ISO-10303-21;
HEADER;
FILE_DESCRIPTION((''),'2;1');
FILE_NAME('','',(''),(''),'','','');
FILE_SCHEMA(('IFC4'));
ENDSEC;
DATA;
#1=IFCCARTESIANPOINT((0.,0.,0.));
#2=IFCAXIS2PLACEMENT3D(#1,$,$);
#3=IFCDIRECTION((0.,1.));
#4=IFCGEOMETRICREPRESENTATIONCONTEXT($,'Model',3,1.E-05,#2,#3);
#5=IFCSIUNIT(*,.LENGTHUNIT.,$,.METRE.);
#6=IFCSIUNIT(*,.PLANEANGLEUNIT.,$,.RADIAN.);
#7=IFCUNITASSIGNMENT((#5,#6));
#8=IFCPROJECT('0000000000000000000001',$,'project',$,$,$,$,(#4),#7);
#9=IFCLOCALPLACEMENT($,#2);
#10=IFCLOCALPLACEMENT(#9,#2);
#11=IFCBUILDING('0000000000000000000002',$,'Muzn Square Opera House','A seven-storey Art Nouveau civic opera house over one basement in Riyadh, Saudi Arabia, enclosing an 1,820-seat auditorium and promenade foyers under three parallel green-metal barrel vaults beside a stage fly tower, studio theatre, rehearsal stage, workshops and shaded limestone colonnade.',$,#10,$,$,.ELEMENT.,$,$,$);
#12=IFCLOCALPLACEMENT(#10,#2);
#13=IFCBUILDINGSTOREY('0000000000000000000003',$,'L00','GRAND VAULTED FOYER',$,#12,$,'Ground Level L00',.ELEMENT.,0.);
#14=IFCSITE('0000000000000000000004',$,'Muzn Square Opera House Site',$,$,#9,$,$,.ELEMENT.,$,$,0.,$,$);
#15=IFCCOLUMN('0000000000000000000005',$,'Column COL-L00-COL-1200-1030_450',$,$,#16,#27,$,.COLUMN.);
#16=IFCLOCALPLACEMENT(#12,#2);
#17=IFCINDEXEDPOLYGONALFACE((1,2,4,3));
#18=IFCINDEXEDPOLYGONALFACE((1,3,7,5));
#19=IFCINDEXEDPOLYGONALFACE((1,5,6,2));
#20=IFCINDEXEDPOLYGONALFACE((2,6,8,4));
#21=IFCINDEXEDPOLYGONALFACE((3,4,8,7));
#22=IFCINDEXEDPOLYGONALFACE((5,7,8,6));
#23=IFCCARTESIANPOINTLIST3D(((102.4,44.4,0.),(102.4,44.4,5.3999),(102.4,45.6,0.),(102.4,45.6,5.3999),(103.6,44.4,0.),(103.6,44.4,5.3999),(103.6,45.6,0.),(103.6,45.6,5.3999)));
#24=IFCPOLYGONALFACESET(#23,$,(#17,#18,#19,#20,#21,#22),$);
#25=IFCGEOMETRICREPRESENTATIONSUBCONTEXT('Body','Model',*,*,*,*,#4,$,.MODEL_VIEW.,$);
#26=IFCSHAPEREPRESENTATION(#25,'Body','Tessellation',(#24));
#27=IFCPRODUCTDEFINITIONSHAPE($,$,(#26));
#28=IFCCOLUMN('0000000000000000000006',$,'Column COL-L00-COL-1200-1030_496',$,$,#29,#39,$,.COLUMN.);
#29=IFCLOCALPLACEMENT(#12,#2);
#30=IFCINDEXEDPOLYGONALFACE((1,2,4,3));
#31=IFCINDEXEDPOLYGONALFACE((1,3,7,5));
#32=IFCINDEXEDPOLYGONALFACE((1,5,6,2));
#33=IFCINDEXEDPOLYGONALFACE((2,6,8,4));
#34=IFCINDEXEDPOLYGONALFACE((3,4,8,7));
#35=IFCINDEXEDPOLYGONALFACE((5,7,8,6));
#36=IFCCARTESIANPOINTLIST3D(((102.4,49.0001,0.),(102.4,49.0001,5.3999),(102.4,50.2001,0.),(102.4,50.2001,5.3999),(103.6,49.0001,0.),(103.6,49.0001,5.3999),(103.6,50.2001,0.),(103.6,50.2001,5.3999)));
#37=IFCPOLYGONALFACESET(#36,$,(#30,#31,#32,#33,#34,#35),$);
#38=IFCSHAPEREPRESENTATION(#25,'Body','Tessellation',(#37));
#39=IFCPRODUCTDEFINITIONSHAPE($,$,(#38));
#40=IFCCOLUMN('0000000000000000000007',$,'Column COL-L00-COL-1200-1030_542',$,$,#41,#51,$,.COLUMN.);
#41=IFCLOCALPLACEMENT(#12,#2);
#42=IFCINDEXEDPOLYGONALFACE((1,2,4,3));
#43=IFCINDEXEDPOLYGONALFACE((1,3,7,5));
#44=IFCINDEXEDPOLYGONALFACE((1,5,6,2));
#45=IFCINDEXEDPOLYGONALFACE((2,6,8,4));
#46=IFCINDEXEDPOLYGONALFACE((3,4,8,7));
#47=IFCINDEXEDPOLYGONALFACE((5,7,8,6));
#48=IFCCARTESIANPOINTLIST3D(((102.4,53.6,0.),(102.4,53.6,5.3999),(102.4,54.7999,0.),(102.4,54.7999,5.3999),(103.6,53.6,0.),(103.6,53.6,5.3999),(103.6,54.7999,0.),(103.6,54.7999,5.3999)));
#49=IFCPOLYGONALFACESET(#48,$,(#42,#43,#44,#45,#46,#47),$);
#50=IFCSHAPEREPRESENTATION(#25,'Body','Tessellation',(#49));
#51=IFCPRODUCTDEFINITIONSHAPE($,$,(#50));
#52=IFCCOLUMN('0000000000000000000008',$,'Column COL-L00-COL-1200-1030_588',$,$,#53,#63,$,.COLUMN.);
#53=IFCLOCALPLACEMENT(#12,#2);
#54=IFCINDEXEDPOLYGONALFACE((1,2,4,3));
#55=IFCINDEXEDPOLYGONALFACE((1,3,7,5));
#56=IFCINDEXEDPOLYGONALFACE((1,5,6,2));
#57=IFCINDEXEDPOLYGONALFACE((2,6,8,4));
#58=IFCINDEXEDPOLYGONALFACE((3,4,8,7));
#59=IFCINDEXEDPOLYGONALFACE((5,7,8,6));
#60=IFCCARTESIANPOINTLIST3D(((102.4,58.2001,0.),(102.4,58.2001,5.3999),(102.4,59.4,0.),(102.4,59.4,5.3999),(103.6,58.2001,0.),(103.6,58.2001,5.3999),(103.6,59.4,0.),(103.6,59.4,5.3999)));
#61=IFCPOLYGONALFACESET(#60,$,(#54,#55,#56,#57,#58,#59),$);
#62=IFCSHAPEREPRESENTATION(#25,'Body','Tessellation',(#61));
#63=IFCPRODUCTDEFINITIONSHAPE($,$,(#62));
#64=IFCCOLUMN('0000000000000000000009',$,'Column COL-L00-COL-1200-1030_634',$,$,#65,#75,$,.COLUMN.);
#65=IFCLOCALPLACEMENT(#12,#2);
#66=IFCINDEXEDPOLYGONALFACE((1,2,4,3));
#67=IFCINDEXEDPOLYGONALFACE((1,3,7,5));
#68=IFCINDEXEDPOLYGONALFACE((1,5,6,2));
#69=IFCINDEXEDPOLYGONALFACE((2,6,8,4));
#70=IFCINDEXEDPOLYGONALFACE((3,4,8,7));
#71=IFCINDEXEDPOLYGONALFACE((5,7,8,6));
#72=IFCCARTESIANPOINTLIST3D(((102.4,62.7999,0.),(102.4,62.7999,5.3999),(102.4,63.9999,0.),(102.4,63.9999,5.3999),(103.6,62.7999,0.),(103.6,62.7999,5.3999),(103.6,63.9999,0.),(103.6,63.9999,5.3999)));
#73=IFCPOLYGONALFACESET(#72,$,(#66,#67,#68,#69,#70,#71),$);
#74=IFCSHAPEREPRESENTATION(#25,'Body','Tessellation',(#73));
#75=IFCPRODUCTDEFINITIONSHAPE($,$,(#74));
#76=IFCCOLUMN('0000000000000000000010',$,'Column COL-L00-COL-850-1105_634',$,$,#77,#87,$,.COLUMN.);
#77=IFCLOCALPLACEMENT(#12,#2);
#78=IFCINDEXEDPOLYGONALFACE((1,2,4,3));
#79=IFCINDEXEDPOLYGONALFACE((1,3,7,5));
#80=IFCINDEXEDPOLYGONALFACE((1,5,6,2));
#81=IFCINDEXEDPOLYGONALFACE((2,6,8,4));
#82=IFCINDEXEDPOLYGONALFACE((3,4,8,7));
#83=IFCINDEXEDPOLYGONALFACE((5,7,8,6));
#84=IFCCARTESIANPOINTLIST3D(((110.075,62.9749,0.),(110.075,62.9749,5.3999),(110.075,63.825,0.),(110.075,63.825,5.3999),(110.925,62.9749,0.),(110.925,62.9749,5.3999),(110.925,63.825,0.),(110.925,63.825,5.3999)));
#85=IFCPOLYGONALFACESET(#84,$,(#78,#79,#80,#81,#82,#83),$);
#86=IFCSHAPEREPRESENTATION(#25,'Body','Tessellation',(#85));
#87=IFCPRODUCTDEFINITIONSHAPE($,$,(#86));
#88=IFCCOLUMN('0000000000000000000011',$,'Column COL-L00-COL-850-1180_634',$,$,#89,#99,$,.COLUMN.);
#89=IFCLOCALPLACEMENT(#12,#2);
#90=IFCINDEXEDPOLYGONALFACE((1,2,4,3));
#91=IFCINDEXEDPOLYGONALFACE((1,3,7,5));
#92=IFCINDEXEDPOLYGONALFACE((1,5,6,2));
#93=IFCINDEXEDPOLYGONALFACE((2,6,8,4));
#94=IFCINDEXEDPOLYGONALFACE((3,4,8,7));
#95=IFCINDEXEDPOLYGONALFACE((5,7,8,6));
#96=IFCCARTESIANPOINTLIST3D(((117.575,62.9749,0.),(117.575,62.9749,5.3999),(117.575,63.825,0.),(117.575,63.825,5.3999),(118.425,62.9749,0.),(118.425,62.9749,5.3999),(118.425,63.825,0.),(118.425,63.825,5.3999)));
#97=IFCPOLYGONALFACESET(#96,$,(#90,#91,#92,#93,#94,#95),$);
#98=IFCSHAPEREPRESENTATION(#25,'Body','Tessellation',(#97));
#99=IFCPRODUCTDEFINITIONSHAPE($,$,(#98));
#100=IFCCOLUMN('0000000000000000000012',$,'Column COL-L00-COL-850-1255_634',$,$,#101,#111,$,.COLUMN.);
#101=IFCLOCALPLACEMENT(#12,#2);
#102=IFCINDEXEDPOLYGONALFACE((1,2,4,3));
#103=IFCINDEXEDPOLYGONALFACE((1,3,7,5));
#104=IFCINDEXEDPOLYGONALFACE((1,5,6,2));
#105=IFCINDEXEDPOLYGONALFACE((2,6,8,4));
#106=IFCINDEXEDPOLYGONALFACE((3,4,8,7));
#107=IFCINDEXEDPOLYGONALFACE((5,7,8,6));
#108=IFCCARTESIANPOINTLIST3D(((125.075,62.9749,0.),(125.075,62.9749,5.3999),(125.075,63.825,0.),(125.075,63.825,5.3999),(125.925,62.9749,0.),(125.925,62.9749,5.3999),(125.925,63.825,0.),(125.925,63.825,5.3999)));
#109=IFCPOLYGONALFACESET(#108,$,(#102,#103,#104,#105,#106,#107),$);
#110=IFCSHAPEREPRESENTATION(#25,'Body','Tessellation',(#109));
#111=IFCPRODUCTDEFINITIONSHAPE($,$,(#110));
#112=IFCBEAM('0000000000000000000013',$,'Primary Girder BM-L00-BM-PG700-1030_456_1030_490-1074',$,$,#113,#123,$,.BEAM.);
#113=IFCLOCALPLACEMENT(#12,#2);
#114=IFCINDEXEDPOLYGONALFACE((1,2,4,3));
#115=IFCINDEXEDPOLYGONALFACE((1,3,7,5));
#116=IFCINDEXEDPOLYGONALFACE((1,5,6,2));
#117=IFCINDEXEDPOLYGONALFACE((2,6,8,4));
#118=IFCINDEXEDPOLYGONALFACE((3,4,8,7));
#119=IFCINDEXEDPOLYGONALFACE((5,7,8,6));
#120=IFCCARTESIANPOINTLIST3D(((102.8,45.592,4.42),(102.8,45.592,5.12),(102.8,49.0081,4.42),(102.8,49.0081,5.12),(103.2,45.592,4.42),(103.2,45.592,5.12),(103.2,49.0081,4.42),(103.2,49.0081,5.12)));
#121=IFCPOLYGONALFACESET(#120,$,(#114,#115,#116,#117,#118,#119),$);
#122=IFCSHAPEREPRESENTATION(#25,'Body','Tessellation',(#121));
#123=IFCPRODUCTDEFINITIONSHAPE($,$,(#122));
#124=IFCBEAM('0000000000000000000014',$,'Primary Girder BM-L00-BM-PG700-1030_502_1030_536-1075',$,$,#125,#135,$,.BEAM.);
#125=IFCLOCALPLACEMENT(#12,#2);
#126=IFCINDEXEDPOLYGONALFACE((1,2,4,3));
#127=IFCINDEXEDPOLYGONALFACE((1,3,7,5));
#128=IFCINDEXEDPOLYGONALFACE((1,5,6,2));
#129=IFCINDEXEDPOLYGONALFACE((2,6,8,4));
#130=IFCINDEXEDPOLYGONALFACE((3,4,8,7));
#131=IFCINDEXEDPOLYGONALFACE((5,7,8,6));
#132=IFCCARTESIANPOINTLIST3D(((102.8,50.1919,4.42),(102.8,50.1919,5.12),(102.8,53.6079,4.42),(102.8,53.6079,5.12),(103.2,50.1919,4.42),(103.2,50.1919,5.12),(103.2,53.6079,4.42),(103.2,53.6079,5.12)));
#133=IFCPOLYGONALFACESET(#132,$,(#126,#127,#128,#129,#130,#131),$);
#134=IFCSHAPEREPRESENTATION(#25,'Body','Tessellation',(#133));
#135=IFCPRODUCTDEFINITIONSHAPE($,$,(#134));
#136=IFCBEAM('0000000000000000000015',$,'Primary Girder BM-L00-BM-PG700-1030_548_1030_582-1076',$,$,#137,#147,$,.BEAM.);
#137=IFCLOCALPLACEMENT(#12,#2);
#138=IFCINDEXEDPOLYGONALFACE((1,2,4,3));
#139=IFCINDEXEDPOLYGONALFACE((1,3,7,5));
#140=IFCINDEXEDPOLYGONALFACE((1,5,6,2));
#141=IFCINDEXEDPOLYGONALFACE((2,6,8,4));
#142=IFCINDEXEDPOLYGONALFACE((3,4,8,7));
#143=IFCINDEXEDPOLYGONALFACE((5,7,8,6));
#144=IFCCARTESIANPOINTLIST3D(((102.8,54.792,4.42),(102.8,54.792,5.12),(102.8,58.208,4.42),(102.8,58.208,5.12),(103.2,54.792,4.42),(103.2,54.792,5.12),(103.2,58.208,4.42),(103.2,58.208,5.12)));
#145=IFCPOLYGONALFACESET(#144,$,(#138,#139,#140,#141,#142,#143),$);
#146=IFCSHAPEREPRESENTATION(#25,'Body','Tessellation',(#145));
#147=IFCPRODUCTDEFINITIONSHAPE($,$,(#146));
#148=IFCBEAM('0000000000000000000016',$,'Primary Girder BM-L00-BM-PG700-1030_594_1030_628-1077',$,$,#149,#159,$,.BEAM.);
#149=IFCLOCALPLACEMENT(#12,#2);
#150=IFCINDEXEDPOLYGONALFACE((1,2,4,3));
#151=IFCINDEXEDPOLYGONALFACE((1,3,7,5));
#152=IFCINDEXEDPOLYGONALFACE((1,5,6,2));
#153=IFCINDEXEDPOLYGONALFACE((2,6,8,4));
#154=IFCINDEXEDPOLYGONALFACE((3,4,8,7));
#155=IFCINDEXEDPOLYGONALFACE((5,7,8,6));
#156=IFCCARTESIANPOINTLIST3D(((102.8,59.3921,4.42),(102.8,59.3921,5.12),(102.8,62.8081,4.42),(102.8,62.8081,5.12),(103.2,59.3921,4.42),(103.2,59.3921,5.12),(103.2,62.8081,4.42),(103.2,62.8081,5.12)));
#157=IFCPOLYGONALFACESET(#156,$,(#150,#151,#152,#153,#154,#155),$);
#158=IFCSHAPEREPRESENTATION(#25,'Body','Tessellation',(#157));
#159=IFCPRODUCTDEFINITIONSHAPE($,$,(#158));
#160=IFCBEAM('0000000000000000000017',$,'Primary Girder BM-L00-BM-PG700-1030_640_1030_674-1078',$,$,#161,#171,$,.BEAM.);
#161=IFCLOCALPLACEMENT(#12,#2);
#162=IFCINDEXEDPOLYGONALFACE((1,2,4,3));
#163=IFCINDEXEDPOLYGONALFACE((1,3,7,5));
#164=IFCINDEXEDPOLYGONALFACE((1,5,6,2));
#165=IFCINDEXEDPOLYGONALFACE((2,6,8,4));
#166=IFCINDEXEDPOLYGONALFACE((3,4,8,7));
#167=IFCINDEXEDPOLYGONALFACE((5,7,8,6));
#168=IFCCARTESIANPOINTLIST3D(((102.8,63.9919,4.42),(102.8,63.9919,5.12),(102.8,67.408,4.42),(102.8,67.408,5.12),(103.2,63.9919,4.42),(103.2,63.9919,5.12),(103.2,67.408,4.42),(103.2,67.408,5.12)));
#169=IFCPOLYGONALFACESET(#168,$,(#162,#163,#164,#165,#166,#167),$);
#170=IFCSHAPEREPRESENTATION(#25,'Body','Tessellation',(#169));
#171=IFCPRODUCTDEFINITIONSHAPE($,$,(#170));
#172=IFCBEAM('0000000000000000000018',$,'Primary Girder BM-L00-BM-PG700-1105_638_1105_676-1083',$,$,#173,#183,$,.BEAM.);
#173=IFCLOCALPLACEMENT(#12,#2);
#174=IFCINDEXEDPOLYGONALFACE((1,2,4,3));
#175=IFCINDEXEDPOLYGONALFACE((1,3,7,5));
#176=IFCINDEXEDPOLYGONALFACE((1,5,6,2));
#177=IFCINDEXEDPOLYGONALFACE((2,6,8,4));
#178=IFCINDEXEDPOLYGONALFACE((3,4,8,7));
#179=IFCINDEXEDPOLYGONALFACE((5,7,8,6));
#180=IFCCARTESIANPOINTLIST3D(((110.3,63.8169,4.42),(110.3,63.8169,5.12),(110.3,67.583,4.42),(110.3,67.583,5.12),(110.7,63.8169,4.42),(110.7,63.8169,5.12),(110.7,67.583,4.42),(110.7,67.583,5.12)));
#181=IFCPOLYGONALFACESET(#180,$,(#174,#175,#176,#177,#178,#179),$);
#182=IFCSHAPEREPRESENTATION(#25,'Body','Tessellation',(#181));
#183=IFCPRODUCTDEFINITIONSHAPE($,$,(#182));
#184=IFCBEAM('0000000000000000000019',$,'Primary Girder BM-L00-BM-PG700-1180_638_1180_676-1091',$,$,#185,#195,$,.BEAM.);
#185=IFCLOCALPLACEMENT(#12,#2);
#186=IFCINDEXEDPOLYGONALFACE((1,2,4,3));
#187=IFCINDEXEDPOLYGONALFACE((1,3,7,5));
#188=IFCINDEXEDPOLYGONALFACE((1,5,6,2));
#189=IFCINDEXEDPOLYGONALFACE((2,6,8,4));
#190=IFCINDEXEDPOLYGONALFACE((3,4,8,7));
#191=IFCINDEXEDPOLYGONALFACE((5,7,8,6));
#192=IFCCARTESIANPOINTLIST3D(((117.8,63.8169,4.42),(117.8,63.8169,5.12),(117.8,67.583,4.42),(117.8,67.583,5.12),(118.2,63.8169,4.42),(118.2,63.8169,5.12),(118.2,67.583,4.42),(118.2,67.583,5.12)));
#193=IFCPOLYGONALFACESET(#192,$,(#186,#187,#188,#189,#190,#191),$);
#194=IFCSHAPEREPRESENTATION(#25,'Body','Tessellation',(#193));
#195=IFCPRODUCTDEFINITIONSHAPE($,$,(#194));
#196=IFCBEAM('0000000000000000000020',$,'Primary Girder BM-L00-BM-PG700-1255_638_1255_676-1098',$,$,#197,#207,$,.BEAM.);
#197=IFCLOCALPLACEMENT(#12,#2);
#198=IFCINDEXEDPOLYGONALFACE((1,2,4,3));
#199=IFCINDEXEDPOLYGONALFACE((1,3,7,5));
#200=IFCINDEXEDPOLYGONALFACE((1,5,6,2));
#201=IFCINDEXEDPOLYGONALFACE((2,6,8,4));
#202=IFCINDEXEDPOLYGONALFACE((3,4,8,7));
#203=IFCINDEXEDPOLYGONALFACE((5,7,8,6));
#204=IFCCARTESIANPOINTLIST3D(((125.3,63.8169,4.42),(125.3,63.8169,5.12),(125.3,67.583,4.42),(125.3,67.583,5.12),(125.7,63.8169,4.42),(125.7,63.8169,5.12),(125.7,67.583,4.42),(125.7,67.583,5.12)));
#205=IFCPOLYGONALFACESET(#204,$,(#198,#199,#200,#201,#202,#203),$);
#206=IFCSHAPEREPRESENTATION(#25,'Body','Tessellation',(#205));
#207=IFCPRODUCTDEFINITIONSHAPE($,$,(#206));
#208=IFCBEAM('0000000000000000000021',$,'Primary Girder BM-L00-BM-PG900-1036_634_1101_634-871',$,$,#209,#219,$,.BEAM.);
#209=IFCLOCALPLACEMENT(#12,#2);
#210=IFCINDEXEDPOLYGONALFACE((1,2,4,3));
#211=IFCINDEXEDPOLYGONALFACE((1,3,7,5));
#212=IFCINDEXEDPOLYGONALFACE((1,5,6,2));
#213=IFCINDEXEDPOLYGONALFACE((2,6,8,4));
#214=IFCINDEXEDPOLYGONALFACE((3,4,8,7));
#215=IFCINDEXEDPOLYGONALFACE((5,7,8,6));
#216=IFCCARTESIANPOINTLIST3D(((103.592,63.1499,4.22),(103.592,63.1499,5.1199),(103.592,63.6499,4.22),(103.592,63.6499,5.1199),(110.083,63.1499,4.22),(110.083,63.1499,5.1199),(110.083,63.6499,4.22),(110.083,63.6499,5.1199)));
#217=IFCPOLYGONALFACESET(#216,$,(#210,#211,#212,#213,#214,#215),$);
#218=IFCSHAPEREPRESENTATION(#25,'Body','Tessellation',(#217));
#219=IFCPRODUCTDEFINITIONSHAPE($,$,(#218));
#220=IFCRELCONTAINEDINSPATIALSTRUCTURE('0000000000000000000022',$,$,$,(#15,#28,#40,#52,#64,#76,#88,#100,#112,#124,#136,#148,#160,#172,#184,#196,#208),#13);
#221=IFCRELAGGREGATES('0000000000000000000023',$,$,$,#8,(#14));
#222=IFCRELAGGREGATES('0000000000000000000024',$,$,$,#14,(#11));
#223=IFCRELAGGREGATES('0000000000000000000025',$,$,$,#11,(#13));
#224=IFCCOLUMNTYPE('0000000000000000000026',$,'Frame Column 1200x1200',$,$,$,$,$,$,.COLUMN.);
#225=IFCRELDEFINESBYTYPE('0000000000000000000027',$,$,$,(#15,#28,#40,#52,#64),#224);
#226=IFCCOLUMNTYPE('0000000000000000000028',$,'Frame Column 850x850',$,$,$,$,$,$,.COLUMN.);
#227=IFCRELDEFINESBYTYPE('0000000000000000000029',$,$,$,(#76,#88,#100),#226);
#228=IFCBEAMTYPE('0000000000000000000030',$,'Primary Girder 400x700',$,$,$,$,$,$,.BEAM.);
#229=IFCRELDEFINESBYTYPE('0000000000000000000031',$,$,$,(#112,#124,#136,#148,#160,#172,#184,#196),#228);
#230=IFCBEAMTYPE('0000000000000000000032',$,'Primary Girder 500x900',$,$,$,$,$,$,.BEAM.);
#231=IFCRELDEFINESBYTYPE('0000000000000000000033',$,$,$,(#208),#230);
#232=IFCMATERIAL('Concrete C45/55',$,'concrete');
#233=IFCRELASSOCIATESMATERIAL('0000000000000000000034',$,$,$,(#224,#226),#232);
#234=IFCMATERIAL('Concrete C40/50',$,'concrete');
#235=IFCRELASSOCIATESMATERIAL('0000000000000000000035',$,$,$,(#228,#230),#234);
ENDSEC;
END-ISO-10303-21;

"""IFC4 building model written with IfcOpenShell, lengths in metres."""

from ifc_helpers import new_model, si_unit, direction, frame, origin, origin_2d, place, context, subcontext, project, spatial, rectangle, extrude, material, material_profile, profile_set, type_object, element, save


model = new_model("IFC4")

# Units and contexts
model_context = context("Model", 3, precision=1e-05, world=origin(), true_north=direction((0.0, 1.0)))
body_context = subcontext(model_context, "Body", "Model", "MODEL_VIEW")
ifc_project = project(units=[si_unit("LENGTHUNIT", "METRE"), si_unit("PLANEANGLEUNIT", "RADIAN")], contexts=[model_context])

# Site, building, storey
site_placement = place(None, origin())
site = spatial("IfcSite", under=ifc_project, at=site_placement, Name="Muzn Square Opera House Site", CompositionType="ELEMENT", RefElevation=0.0)
building_placement = place(site_placement, origin())
building = spatial("IfcBuilding", under=site, at=building_placement, Name="Muzn Square Opera House", Description="A seven-storey Art Nouveau civic opera house over one basement in Riyadh, Saudi Arabia, enclosing an 1,820-seat auditorium and promenade foyers under three parallel green-metal barrel vaults beside a stage fly tower, studio theatre, rehearsal stage, workshops and shaded limestone colonnade.", CompositionType="ELEMENT")
storey_placement = place(building_placement, origin())
storey = spatial("IfcBuildingStorey", under=building, at=storey_placement, Name="L00", Description="GRAND VAULTED FOYER", LongName="Ground Level L00", CompositionType="ELEMENT", Elevation=0.0)

# Columns
ifc_material_1 = material(Name="Concrete C45/55", Category="concrete")
ifc_material_profile_1 = material_profile(ifc_material_1, rectangle(XDim=1.2, YDim=1.2, at=origin_2d()), Name="RC 1200x1200", Category="concrete")
ifc_profile_set_1 = profile_set([ifc_material_profile_1], Name="Concrete C45/55")
column_type_1 = type_object("IfcColumnType", Name="Frame Column 1200x1200", PredefinedType="COLUMN", material=ifc_profile_set_1)
for number, where, z_axis, x_axis, name in (
    (1, (103.0, 45.0, 0.0), (0.0, 0.0, 1.0), (1.0, 0.0, 0.0), "Column COL-L00-COL-1200-1030_450"),
    (2, (103.0, 49.6001, 0.0), (0.0, 0.0, 1.0), (1.0, 0.0, 0.0), "Column COL-L00-COL-1200-1030_496"),
    (3, (103.0, 54.2, 0.0), (0.0, 0.0, 1.0), (1.0, 0.0, 0.0), "Column COL-L00-COL-1200-1030_542"),
    (4, (103.0, 58.8, 0.0), (0.0, 0.0, 1.0), (1.0, 0.0, 0.0), "Column COL-L00-COL-1200-1030_588"),
    (5, (103.0, 63.3999, 0.0), (0.0, 0.0, 1.0), (1.0, 0.0, 0.0), "Column COL-L00-COL-1200-1030_634"),
):
    element("IfcColumn", number, at=place(storey_placement, frame(where, z_axis=z_axis, x_axis=x_axis)), inside=storey, type_object=column_type_1, Name=name, PredefinedType="COLUMN", context=body_context, shape_type="SweptSolid", body=[
        extrude(rectangle(XDim=1.2, YDim=1.2, at=origin_2d()), origin(), (0.0, 0.0, 1.0), 5.3999),
    ])
ifc_material_profile_2 = material_profile(ifc_material_1, rectangle(XDim=0.8501, YDim=0.8501, at=origin_2d()), Name="RC 850x850", Category="concrete")
ifc_profile_set_2 = profile_set([ifc_material_profile_2], Name="Concrete C45/55")
column_type_2 = type_object("IfcColumnType", Name="Frame Column 850x850", PredefinedType="COLUMN", material=ifc_profile_set_2)
for number, where, z_axis, x_axis, name in (
    (6, (110.5, 63.3999, 0.0), (0.0, 0.0, 1.0), (1.0, 0.0, 0.0), "Column COL-L00-COL-850-1105_634"),
    (7, (118.0, 63.3999, 0.0), (0.0, 0.0, 1.0), (1.0, 0.0, 0.0), "Column COL-L00-COL-850-1180_634"),
    (8, (125.5, 63.3999, 0.0), (0.0, 0.0, 1.0), (1.0, 0.0, 0.0), "Column COL-L00-COL-850-1255_634"),
):
    element("IfcColumn", number, at=place(storey_placement, frame(where, z_axis=z_axis, x_axis=x_axis)), inside=storey, type_object=column_type_2, Name=name, PredefinedType="COLUMN", context=body_context, shape_type="SweptSolid", body=[
        extrude(rectangle(XDim=0.8501, YDim=0.8501, at=origin_2d()), origin(), (0.0, 0.0, 1.0), 5.3999),
    ])

# Beams
ifc_material_2 = material(Name="Concrete C40/50", Category="concrete")
ifc_material_profile_3 = material_profile(ifc_material_2, rectangle(XDim=0.3999, YDim=0.7, at=origin_2d()), Name="RCB 400x700", Category="concrete")
ifc_profile_set_3 = profile_set([ifc_material_profile_3], Name="Concrete C40/50")
beam_type_1 = type_object("IfcBeamType", Name="Primary Girder 400x700", PredefinedType="BEAM", material=ifc_profile_set_3)
for number, where, z_axis, x_axis, name in (
    (9, (103.0, 45.592, 4.77), (0.0, 1.0, 0.0), (-1.0, 0.0, 0.0), "Primary Girder BM-L00-BM-PG700-1030_456_1030_490-1074"),
    (10, (103.0, 50.1919, 4.77), (0.0, 1.0, 0.0), (-1.0, 0.0, 0.0), "Primary Girder BM-L00-BM-PG700-1030_502_1030_536-1075"),
    (11, (103.0, 54.792, 4.77), (0.0, 1.0, 0.0), (-1.0, 0.0, 0.0), "Primary Girder BM-L00-BM-PG700-1030_548_1030_582-1076"),
    (12, (103.0, 59.3921, 4.77), (0.0, 1.0, 0.0), (-1.0, 0.0, 0.0), "Primary Girder BM-L00-BM-PG700-1030_594_1030_628-1077"),
    (13, (103.0, 63.9919, 4.77), (0.0, 1.0, 0.0), (-1.0, 0.0, 0.0), "Primary Girder BM-L00-BM-PG700-1030_640_1030_674-1078"),
):
    element("IfcBeam", number, at=place(storey_placement, frame(where, z_axis=z_axis, x_axis=x_axis)), inside=storey, type_object=beam_type_1, Name=name, PredefinedType="BEAM", context=body_context, shape_type="SweptSolid", body=[
        extrude(rectangle(XDim=0.3999, YDim=0.7, at=origin_2d()), origin(), (0.0, 0.0, 1.0), 3.416),
    ])
for number, where, z_axis, x_axis, name in (
    (14, (110.5, 63.8169, 4.77), (0.0, 1.0, 0.0), (-1.0, 0.0, 0.0), "Primary Girder BM-L00-BM-PG700-1105_638_1105_676-1083"),
    (15, (118.0, 63.8169, 4.77), (0.0, 1.0, 0.0), (-1.0, 0.0, 0.0), "Primary Girder BM-L00-BM-PG700-1180_638_1180_676-1091"),
    (16, (125.5, 63.8169, 4.77), (0.0, 1.0, 0.0), (-1.0, 0.0, 0.0), "Primary Girder BM-L00-BM-PG700-1255_638_1255_676-1098"),
):
    element("IfcBeam", number, at=place(storey_placement, frame(where, z_axis=z_axis, x_axis=x_axis)), inside=storey, type_object=beam_type_1, Name=name, PredefinedType="BEAM", context=body_context, shape_type="SweptSolid", body=[
        extrude(rectangle(XDim=0.3999, YDim=0.7, at=origin_2d()), origin(), (0.0, 0.0, 1.0), 3.7661),
    ])
ifc_material_profile_4 = material_profile(ifc_material_2, rectangle(XDim=0.5, YDim=0.8999, at=origin_2d()), Name="RCB 500x900", Category="concrete")
ifc_profile_set_4 = profile_set([ifc_material_profile_4], Name="Concrete C40/50")
beam_type_2 = type_object("IfcBeamType", Name="Primary Girder 500x900", PredefinedType="BEAM", material=ifc_profile_set_4)
beam_placement = place(storey_placement, frame((103.592, 63.3999, 4.6699), z_axis=(1.0, 0.0, 0.0), x_axis=(0.0, 1.0, 0.0)))
element("IfcBeam", 17, at=beam_placement, inside=storey, type_object=beam_type_2, Name="Primary Girder BM-L00-BM-PG900-1036_634_1101_634-871", PredefinedType="BEAM", context=body_context, shape_type="SweptSolid", body=[
    extrude(rectangle(XDim=0.5, YDim=0.8999, at=origin_2d()), origin(), (0.0, 0.0, 1.0), 6.491),
])

save(model, "model.ifc")
